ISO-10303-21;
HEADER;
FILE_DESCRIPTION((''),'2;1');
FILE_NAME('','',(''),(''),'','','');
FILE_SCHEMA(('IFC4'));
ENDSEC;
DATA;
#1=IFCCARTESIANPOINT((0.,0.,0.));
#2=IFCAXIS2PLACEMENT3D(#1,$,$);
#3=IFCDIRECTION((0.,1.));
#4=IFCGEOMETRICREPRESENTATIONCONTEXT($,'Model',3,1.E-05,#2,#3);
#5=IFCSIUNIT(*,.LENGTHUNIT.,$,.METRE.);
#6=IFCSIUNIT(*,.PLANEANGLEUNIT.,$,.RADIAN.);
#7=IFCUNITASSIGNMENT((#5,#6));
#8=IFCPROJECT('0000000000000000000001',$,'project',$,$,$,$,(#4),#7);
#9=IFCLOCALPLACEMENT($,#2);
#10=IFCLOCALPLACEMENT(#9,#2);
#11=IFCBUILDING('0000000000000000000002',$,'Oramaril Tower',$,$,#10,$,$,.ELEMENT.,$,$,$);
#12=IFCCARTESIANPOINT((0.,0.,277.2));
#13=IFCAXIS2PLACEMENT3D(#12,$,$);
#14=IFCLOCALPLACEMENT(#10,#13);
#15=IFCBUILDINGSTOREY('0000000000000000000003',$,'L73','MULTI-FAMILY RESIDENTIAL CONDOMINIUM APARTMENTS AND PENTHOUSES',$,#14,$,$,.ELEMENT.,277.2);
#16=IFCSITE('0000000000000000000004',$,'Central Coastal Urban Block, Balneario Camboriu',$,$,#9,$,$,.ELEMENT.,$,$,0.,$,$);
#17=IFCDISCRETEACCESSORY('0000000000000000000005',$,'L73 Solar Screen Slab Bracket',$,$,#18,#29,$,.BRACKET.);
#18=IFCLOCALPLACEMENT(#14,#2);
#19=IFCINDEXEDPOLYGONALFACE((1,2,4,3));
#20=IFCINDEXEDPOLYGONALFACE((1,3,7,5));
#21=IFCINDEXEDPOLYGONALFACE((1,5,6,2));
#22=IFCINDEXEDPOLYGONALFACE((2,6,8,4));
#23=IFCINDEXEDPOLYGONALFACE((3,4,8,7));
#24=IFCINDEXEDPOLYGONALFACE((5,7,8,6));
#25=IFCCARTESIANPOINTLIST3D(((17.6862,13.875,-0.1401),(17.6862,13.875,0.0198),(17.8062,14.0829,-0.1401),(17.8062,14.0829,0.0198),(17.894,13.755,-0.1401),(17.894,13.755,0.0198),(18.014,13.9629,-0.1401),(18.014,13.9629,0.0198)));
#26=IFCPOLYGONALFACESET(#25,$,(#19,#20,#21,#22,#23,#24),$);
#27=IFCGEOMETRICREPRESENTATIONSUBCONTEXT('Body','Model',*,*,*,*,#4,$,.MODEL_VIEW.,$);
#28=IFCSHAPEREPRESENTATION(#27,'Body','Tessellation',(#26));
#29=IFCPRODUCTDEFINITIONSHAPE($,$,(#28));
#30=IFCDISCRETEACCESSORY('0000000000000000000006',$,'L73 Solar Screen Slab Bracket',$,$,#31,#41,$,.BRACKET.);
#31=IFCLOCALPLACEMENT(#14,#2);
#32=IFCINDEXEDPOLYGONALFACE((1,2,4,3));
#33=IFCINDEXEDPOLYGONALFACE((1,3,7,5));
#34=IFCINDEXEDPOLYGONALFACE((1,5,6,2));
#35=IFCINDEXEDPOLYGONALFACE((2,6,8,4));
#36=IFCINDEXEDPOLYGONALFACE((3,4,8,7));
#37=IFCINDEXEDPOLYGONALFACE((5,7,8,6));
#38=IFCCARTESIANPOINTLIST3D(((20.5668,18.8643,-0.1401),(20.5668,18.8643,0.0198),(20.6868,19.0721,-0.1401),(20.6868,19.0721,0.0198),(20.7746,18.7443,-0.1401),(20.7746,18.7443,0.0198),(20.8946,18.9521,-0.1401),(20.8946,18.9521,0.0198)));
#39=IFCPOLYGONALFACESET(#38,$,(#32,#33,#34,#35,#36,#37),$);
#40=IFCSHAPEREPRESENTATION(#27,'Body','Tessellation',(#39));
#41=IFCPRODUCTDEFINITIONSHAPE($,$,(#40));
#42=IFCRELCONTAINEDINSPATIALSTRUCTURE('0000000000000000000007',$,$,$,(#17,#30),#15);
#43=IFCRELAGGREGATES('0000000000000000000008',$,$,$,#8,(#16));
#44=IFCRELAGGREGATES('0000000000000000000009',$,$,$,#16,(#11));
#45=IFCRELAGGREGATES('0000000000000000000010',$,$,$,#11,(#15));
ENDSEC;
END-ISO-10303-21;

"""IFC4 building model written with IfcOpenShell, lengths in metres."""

from ifc_helpers import new_model, si_unit, direction, frame, origin, origin_2d, place, context, subcontext, project, spatial, rectangle, extrude, element, save


model = new_model("IFC4")

# Units and contexts
model_context = context("Model", 3, precision=1e-05, world=origin(), true_north=direction((0.0, 1.0)))
body_context = subcontext(model_context, "Body", "Model", "MODEL_VIEW")
ifc_project = project(units=[si_unit("LENGTHUNIT", "METRE"), si_unit("PLANEANGLEUNIT", "RADIAN")], contexts=[model_context])

# Site, building, storey
site_placement = place(None, origin())
site = spatial("IfcSite", under=ifc_project, at=site_placement, Name="Central Coastal Urban Block, Balneario Camboriu", CompositionType="ELEMENT", RefElevation=0.0)
building_placement = place(site_placement, origin())
building = spatial("IfcBuilding", under=site, at=building_placement, Name="Oramaril Tower", CompositionType="ELEMENT")
storey_placement = place(building_placement, frame((0.0, 0.0, 277.2)))
storey = spatial("IfcBuildingStorey", under=building, at=storey_placement, Name="L73", Description="MULTI-FAMILY RESIDENTIAL CONDOMINIUM APARTMENTS AND PENTHOUSES", CompositionType="ELEMENT", Elevation=277.2)

# Discrete accessories
for number, where, z_axis, x_axis, name in (
    (1, (17.8501, 13.9189, -0.1401), (0.0, 0.0, 1.0), (-0.499998, -0.866026, 0.0), "L73 Solar Screen Slab Bracket"),
    (2, (20.7307, 18.9082, -0.1401), (0.0, 0.0, 1.0), (-0.499998, -0.866026, 0.0), "L73 Solar Screen Slab Bracket"),
):
    element("IfcDiscreteAccessory", number, at=place(storey_placement, frame(where, z_axis=z_axis, x_axis=x_axis)), inside=storey, Name=name, PredefinedType="BRACKET", context=body_context, shape_type="SweptSolid", body=[
        extrude(rectangle(XDim=0.24, YDim=0.24, at=origin_2d()), origin(), (0.0, 0.0, 1.0), 0.1599),
    ])

save(model, "model.ifc")
